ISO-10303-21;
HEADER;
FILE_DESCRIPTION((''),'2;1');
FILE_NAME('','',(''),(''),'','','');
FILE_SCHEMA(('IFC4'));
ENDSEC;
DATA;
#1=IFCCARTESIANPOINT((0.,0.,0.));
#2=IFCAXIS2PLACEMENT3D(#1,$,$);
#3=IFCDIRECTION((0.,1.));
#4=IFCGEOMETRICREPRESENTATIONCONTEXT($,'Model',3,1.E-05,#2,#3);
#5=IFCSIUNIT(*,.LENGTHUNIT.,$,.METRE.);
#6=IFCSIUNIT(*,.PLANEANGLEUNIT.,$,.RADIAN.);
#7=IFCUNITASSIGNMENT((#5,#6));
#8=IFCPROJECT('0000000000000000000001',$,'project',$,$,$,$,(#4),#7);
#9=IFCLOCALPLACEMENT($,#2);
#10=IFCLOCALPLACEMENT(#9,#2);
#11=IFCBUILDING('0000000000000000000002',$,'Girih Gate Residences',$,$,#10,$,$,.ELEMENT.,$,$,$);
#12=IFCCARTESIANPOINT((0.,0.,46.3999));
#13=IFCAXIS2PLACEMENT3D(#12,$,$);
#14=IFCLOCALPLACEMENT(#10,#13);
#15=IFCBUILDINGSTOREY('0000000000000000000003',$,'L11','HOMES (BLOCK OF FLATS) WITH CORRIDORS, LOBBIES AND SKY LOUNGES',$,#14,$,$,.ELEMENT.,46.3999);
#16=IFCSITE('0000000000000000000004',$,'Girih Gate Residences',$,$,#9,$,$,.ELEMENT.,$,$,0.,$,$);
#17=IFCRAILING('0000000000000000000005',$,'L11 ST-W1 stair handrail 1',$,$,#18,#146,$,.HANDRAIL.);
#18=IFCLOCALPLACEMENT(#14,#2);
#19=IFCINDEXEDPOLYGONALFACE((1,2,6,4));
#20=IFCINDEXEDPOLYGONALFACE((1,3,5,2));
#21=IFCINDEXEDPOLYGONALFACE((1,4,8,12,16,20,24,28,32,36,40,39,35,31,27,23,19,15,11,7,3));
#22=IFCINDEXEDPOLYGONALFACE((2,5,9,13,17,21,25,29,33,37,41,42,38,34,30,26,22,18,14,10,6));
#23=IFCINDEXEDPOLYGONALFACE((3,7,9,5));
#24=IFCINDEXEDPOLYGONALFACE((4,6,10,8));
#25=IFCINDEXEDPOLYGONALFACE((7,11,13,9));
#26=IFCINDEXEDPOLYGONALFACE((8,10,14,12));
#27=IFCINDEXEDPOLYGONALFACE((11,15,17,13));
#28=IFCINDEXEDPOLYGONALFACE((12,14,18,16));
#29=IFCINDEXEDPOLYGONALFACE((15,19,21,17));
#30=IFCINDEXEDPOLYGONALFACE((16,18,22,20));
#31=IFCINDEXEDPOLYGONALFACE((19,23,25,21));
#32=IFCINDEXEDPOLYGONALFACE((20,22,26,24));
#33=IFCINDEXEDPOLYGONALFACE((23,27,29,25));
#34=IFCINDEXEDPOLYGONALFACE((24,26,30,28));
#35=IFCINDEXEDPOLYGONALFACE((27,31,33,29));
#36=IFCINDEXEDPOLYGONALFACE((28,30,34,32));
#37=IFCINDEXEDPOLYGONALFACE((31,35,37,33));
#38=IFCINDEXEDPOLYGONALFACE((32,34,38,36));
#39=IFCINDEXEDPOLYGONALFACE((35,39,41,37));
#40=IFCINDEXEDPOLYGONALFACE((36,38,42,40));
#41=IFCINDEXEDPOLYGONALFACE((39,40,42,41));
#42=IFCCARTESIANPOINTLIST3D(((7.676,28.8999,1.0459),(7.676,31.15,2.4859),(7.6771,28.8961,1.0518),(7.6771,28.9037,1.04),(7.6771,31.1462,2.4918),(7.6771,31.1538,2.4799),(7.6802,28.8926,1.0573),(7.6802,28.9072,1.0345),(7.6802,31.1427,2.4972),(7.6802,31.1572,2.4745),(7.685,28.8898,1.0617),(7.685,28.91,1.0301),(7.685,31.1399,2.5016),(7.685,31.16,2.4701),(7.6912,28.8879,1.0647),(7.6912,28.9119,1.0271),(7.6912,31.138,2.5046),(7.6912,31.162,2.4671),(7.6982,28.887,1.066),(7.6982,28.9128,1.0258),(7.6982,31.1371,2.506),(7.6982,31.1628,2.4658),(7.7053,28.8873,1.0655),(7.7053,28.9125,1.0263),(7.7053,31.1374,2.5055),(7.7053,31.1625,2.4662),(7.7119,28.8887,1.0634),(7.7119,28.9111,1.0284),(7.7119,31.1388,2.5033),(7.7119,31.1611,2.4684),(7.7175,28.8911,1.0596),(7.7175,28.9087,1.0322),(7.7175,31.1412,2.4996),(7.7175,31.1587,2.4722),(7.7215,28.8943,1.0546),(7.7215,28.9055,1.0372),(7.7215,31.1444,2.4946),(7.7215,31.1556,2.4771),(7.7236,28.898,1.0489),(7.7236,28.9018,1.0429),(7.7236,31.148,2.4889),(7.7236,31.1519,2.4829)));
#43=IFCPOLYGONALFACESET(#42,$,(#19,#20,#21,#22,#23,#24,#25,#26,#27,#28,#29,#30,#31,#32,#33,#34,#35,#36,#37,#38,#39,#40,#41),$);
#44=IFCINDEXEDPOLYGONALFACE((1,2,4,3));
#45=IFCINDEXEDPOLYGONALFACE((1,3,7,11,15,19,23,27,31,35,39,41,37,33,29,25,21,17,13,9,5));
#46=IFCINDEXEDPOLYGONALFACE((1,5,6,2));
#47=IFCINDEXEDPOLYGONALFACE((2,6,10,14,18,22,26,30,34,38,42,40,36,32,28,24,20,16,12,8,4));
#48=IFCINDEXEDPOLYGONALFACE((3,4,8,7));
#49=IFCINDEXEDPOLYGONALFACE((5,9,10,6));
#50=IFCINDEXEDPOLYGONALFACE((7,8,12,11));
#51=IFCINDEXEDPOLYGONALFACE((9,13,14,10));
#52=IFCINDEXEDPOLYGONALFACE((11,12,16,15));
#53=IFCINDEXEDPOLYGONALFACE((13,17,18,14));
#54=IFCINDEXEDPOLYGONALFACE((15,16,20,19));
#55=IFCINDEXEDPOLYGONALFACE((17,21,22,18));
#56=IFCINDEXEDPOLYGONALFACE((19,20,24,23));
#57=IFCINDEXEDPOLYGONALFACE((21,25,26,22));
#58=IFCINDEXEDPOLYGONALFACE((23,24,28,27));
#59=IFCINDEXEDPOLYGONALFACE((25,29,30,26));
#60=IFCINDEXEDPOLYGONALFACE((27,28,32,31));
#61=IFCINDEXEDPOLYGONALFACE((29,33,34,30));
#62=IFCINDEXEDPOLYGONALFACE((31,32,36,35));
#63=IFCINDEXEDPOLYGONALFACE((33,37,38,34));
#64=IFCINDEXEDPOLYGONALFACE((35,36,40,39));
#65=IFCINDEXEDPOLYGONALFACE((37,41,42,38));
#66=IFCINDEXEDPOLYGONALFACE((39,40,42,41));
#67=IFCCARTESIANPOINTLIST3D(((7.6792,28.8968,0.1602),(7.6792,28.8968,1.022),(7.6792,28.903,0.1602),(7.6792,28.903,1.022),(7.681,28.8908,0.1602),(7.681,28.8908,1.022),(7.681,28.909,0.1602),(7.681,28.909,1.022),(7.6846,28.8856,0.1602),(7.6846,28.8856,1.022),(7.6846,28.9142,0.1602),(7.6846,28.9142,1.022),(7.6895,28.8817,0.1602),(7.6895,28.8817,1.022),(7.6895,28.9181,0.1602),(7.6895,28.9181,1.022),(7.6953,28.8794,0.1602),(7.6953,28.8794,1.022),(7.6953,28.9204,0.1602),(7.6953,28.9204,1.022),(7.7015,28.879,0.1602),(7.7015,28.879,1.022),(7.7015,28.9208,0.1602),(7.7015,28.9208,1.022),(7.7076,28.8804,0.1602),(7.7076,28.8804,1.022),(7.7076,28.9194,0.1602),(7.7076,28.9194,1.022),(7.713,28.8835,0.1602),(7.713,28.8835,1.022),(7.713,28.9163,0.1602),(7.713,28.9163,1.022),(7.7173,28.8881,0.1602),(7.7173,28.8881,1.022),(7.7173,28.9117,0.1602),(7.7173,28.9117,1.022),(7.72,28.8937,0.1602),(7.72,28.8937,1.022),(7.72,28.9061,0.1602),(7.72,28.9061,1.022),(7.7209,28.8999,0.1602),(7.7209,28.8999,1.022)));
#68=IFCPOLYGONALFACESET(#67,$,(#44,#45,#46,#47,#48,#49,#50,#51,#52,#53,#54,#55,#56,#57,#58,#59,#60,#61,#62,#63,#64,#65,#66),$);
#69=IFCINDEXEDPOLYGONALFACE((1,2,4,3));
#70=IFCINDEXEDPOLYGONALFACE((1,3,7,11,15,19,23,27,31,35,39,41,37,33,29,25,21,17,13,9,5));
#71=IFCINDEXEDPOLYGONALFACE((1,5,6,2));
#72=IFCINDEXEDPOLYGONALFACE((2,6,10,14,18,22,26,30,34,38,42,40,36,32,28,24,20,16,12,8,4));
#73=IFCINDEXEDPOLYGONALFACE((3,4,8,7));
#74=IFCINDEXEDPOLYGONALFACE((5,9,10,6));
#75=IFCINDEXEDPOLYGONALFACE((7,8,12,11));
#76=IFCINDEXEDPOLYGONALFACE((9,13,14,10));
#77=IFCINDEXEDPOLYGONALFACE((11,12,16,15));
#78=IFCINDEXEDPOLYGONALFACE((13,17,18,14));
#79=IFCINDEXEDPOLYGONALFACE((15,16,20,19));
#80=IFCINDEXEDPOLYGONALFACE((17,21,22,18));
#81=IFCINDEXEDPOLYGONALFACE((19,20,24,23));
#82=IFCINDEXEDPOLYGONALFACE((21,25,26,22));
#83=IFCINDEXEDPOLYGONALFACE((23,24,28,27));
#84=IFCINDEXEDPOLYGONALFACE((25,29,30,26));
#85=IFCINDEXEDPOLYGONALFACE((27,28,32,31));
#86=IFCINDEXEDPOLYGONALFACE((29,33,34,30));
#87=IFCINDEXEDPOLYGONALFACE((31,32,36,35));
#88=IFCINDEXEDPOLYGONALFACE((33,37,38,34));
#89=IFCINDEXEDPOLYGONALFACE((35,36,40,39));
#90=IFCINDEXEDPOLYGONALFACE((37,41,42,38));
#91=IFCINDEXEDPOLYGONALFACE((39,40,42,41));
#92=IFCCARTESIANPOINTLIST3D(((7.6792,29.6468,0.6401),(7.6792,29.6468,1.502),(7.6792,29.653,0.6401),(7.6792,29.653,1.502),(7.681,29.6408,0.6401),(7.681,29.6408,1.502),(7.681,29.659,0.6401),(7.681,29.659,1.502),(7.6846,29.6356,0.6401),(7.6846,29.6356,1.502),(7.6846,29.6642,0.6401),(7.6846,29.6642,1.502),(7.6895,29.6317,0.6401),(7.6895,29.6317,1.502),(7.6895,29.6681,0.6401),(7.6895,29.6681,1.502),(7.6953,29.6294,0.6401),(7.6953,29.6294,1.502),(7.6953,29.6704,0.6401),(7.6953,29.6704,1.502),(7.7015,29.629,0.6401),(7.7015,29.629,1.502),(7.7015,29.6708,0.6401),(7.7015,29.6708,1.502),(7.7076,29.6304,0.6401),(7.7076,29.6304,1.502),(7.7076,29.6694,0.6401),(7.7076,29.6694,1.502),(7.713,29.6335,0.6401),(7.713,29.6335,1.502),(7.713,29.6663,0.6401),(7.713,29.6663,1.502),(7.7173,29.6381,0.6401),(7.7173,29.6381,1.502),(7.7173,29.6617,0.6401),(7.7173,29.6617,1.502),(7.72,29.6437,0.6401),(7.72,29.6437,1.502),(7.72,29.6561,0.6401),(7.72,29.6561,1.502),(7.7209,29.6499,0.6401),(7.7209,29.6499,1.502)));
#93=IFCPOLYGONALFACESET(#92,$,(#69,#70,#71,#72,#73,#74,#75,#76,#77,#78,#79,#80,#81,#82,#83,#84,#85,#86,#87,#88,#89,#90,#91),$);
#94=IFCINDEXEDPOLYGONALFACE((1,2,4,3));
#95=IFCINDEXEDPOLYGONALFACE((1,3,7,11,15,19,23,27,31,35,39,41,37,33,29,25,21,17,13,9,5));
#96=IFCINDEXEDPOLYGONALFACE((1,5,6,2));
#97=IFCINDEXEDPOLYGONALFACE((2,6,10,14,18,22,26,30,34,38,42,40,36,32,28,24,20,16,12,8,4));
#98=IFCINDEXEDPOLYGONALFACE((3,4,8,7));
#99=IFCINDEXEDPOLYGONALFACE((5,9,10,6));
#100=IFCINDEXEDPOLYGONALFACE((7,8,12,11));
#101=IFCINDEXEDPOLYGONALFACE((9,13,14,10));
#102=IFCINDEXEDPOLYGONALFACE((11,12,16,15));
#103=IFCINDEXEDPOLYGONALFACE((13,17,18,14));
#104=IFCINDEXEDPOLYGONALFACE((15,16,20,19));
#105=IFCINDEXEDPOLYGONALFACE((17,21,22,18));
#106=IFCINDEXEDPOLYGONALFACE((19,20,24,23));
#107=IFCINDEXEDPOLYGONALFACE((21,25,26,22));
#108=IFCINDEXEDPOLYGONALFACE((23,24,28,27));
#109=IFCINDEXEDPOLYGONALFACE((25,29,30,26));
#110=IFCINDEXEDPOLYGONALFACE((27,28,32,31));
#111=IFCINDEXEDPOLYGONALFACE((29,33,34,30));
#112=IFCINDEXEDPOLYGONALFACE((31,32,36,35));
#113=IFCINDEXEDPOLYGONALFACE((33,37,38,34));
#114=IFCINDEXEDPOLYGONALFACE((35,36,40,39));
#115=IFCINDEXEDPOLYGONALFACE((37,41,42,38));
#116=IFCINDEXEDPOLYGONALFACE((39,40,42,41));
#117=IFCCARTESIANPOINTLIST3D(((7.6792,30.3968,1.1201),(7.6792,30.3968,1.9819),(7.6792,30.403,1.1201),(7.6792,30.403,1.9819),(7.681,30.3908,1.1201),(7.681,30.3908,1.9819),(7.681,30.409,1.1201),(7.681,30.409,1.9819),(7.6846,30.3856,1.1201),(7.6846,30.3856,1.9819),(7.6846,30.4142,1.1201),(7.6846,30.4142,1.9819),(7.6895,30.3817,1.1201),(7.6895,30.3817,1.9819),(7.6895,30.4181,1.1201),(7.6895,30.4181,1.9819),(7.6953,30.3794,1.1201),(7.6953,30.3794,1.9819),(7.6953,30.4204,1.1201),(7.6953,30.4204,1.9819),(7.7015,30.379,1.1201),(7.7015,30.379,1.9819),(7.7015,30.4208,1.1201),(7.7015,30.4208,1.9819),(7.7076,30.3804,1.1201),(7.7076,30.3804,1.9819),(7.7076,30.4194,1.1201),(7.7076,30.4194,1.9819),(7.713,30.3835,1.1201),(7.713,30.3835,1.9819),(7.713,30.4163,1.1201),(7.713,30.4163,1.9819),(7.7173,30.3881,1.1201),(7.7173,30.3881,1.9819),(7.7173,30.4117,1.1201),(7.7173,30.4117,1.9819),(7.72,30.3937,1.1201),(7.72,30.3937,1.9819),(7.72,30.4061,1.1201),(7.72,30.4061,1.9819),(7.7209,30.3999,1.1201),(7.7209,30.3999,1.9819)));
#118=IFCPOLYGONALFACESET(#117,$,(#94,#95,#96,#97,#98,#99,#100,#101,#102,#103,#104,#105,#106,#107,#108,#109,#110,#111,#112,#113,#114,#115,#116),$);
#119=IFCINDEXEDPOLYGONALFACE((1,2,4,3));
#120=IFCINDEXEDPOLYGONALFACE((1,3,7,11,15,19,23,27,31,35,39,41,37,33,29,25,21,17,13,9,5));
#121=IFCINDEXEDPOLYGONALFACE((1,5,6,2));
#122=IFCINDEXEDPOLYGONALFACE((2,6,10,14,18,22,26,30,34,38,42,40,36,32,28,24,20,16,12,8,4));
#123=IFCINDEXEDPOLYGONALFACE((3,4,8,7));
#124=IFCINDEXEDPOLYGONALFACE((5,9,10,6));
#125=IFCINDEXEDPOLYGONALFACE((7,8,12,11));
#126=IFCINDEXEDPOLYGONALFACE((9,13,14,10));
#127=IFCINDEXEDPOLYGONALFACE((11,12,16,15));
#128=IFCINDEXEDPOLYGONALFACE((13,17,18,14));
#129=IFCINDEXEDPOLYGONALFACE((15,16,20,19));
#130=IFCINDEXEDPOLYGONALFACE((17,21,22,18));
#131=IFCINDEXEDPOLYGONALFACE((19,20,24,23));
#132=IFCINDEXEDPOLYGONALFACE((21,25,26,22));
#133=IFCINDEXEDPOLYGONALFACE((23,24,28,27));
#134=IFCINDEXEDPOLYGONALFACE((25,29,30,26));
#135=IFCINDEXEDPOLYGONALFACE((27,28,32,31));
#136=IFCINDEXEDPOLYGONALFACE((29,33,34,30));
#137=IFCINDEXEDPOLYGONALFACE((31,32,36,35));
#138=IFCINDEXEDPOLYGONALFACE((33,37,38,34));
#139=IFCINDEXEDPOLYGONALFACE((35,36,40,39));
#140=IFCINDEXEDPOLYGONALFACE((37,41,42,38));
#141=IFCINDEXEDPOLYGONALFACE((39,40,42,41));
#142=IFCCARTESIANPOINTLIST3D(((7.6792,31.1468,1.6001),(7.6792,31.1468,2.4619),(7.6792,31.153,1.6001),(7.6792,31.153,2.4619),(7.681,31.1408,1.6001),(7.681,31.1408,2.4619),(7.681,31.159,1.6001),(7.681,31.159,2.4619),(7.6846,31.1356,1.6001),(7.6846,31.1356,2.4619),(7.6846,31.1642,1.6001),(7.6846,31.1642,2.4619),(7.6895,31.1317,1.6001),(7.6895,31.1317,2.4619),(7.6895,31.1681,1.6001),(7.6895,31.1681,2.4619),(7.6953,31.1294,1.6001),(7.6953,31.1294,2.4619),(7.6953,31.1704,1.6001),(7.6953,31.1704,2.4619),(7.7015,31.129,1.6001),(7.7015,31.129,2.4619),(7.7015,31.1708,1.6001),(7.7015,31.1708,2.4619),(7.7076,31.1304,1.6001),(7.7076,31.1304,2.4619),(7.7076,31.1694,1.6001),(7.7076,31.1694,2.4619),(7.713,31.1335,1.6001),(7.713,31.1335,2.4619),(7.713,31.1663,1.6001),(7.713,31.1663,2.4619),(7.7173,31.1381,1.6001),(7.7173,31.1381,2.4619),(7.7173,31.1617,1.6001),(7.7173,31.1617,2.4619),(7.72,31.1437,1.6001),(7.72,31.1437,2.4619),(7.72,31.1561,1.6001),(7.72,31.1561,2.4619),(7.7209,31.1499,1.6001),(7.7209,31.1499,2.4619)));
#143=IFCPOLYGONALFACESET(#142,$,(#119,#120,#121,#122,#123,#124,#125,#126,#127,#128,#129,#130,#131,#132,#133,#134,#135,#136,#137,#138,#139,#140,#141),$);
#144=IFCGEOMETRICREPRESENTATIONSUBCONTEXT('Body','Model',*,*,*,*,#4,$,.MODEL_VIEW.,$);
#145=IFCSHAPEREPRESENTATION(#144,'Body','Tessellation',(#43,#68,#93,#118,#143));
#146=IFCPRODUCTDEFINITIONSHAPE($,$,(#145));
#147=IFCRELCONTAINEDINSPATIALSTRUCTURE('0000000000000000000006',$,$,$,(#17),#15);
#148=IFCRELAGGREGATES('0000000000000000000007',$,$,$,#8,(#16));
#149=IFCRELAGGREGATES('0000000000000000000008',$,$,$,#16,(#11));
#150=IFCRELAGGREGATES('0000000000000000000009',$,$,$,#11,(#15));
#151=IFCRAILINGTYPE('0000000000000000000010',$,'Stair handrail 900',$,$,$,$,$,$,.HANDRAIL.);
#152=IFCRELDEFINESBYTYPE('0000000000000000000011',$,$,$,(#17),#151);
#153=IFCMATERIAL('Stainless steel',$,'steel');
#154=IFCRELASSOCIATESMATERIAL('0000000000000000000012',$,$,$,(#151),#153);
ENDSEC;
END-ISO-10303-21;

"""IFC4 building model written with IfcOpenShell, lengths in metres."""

from ifc_helpers import new_model, si_unit, direction, frame, origin, origin_2d, place, context, subcontext, project, spatial, circle, extrude, material, type_object, element, save


model = new_model("IFC4")

# Units and contexts
model_context = context("Model", 3, precision=1e-05, world=origin(), true_north=direction((0.0, 1.0)))
body_context = subcontext(model_context, "Body", "Model", "MODEL_VIEW")
ifc_project = project(units=[si_unit("LENGTHUNIT", "METRE"), si_unit("PLANEANGLEUNIT", "RADIAN")], contexts=[model_context])

# Site, building, storey
site_placement = place(None, origin())
site = spatial("IfcSite", under=ifc_project, at=site_placement, Name="Girih Gate Residences", CompositionType="ELEMENT", RefElevation=0.0)
building_placement = place(site_placement, origin())
building = spatial("IfcBuilding", under=site, at=building_placement, Name="Girih Gate Residences", CompositionType="ELEMENT")
storey_placement = place(building_placement, frame((0.0, 0.0, 46.3999)))
storey = spatial("IfcBuildingStorey", under=building, at=storey_placement, Name="L11", Description="HOMES (BLOCK OF FLATS) WITH CORRIDORS, LOBBIES AND SKY LOUNGES", CompositionType="ELEMENT", Elevation=46.3999)

# Railing
ifc_material_1 = material(Name="Stainless steel", Category="steel")
railing_type_1 = type_object("IfcRailingType", Name="Stair handrail 900", PredefinedType="HANDRAIL", material=ifc_material_1)
railing_1_placement = place(storey_placement, frame((7.7, 28.8999, 0.1602)))
element("IfcRailing", 1, at=railing_1_placement, inside=storey, type_object=railing_type_1, Name="L11 ST-W1 stair handrail 1", PredefinedType="HANDRAIL", context=body_context, shape_type="SweptSolid", body=[
    extrude(circle(Radius=0.0239, at=origin_2d()), frame((0.0, 0.0, 0.8857), z_axis=(0.0, 0.842281, 0.539038), x_axis=(-1.0, 0.0, 0.0)), (0.0, 0.0, 1.0), 2.6714),
    extrude(circle(Radius=0.021, at=origin_2d()), origin(), (0.0, 0.0, 1.0), 0.8618),
    extrude(circle(Radius=0.021, at=origin_2d()), frame((0.0, 0.75, 0.48)), (0.0, 0.0, 1.0), 0.8618),
    extrude(circle(Radius=0.021, at=origin_2d()), frame((0.0, 1.5, 0.96)), (0.0, 0.0, 1.0), 0.8618),
    extrude(circle(Radius=0.021, at=origin_2d()), frame((0.0, 2.25, 1.4399)), (0.0, 0.0, 1.0), 0.8618),
])

save(model, "model.ifc")
